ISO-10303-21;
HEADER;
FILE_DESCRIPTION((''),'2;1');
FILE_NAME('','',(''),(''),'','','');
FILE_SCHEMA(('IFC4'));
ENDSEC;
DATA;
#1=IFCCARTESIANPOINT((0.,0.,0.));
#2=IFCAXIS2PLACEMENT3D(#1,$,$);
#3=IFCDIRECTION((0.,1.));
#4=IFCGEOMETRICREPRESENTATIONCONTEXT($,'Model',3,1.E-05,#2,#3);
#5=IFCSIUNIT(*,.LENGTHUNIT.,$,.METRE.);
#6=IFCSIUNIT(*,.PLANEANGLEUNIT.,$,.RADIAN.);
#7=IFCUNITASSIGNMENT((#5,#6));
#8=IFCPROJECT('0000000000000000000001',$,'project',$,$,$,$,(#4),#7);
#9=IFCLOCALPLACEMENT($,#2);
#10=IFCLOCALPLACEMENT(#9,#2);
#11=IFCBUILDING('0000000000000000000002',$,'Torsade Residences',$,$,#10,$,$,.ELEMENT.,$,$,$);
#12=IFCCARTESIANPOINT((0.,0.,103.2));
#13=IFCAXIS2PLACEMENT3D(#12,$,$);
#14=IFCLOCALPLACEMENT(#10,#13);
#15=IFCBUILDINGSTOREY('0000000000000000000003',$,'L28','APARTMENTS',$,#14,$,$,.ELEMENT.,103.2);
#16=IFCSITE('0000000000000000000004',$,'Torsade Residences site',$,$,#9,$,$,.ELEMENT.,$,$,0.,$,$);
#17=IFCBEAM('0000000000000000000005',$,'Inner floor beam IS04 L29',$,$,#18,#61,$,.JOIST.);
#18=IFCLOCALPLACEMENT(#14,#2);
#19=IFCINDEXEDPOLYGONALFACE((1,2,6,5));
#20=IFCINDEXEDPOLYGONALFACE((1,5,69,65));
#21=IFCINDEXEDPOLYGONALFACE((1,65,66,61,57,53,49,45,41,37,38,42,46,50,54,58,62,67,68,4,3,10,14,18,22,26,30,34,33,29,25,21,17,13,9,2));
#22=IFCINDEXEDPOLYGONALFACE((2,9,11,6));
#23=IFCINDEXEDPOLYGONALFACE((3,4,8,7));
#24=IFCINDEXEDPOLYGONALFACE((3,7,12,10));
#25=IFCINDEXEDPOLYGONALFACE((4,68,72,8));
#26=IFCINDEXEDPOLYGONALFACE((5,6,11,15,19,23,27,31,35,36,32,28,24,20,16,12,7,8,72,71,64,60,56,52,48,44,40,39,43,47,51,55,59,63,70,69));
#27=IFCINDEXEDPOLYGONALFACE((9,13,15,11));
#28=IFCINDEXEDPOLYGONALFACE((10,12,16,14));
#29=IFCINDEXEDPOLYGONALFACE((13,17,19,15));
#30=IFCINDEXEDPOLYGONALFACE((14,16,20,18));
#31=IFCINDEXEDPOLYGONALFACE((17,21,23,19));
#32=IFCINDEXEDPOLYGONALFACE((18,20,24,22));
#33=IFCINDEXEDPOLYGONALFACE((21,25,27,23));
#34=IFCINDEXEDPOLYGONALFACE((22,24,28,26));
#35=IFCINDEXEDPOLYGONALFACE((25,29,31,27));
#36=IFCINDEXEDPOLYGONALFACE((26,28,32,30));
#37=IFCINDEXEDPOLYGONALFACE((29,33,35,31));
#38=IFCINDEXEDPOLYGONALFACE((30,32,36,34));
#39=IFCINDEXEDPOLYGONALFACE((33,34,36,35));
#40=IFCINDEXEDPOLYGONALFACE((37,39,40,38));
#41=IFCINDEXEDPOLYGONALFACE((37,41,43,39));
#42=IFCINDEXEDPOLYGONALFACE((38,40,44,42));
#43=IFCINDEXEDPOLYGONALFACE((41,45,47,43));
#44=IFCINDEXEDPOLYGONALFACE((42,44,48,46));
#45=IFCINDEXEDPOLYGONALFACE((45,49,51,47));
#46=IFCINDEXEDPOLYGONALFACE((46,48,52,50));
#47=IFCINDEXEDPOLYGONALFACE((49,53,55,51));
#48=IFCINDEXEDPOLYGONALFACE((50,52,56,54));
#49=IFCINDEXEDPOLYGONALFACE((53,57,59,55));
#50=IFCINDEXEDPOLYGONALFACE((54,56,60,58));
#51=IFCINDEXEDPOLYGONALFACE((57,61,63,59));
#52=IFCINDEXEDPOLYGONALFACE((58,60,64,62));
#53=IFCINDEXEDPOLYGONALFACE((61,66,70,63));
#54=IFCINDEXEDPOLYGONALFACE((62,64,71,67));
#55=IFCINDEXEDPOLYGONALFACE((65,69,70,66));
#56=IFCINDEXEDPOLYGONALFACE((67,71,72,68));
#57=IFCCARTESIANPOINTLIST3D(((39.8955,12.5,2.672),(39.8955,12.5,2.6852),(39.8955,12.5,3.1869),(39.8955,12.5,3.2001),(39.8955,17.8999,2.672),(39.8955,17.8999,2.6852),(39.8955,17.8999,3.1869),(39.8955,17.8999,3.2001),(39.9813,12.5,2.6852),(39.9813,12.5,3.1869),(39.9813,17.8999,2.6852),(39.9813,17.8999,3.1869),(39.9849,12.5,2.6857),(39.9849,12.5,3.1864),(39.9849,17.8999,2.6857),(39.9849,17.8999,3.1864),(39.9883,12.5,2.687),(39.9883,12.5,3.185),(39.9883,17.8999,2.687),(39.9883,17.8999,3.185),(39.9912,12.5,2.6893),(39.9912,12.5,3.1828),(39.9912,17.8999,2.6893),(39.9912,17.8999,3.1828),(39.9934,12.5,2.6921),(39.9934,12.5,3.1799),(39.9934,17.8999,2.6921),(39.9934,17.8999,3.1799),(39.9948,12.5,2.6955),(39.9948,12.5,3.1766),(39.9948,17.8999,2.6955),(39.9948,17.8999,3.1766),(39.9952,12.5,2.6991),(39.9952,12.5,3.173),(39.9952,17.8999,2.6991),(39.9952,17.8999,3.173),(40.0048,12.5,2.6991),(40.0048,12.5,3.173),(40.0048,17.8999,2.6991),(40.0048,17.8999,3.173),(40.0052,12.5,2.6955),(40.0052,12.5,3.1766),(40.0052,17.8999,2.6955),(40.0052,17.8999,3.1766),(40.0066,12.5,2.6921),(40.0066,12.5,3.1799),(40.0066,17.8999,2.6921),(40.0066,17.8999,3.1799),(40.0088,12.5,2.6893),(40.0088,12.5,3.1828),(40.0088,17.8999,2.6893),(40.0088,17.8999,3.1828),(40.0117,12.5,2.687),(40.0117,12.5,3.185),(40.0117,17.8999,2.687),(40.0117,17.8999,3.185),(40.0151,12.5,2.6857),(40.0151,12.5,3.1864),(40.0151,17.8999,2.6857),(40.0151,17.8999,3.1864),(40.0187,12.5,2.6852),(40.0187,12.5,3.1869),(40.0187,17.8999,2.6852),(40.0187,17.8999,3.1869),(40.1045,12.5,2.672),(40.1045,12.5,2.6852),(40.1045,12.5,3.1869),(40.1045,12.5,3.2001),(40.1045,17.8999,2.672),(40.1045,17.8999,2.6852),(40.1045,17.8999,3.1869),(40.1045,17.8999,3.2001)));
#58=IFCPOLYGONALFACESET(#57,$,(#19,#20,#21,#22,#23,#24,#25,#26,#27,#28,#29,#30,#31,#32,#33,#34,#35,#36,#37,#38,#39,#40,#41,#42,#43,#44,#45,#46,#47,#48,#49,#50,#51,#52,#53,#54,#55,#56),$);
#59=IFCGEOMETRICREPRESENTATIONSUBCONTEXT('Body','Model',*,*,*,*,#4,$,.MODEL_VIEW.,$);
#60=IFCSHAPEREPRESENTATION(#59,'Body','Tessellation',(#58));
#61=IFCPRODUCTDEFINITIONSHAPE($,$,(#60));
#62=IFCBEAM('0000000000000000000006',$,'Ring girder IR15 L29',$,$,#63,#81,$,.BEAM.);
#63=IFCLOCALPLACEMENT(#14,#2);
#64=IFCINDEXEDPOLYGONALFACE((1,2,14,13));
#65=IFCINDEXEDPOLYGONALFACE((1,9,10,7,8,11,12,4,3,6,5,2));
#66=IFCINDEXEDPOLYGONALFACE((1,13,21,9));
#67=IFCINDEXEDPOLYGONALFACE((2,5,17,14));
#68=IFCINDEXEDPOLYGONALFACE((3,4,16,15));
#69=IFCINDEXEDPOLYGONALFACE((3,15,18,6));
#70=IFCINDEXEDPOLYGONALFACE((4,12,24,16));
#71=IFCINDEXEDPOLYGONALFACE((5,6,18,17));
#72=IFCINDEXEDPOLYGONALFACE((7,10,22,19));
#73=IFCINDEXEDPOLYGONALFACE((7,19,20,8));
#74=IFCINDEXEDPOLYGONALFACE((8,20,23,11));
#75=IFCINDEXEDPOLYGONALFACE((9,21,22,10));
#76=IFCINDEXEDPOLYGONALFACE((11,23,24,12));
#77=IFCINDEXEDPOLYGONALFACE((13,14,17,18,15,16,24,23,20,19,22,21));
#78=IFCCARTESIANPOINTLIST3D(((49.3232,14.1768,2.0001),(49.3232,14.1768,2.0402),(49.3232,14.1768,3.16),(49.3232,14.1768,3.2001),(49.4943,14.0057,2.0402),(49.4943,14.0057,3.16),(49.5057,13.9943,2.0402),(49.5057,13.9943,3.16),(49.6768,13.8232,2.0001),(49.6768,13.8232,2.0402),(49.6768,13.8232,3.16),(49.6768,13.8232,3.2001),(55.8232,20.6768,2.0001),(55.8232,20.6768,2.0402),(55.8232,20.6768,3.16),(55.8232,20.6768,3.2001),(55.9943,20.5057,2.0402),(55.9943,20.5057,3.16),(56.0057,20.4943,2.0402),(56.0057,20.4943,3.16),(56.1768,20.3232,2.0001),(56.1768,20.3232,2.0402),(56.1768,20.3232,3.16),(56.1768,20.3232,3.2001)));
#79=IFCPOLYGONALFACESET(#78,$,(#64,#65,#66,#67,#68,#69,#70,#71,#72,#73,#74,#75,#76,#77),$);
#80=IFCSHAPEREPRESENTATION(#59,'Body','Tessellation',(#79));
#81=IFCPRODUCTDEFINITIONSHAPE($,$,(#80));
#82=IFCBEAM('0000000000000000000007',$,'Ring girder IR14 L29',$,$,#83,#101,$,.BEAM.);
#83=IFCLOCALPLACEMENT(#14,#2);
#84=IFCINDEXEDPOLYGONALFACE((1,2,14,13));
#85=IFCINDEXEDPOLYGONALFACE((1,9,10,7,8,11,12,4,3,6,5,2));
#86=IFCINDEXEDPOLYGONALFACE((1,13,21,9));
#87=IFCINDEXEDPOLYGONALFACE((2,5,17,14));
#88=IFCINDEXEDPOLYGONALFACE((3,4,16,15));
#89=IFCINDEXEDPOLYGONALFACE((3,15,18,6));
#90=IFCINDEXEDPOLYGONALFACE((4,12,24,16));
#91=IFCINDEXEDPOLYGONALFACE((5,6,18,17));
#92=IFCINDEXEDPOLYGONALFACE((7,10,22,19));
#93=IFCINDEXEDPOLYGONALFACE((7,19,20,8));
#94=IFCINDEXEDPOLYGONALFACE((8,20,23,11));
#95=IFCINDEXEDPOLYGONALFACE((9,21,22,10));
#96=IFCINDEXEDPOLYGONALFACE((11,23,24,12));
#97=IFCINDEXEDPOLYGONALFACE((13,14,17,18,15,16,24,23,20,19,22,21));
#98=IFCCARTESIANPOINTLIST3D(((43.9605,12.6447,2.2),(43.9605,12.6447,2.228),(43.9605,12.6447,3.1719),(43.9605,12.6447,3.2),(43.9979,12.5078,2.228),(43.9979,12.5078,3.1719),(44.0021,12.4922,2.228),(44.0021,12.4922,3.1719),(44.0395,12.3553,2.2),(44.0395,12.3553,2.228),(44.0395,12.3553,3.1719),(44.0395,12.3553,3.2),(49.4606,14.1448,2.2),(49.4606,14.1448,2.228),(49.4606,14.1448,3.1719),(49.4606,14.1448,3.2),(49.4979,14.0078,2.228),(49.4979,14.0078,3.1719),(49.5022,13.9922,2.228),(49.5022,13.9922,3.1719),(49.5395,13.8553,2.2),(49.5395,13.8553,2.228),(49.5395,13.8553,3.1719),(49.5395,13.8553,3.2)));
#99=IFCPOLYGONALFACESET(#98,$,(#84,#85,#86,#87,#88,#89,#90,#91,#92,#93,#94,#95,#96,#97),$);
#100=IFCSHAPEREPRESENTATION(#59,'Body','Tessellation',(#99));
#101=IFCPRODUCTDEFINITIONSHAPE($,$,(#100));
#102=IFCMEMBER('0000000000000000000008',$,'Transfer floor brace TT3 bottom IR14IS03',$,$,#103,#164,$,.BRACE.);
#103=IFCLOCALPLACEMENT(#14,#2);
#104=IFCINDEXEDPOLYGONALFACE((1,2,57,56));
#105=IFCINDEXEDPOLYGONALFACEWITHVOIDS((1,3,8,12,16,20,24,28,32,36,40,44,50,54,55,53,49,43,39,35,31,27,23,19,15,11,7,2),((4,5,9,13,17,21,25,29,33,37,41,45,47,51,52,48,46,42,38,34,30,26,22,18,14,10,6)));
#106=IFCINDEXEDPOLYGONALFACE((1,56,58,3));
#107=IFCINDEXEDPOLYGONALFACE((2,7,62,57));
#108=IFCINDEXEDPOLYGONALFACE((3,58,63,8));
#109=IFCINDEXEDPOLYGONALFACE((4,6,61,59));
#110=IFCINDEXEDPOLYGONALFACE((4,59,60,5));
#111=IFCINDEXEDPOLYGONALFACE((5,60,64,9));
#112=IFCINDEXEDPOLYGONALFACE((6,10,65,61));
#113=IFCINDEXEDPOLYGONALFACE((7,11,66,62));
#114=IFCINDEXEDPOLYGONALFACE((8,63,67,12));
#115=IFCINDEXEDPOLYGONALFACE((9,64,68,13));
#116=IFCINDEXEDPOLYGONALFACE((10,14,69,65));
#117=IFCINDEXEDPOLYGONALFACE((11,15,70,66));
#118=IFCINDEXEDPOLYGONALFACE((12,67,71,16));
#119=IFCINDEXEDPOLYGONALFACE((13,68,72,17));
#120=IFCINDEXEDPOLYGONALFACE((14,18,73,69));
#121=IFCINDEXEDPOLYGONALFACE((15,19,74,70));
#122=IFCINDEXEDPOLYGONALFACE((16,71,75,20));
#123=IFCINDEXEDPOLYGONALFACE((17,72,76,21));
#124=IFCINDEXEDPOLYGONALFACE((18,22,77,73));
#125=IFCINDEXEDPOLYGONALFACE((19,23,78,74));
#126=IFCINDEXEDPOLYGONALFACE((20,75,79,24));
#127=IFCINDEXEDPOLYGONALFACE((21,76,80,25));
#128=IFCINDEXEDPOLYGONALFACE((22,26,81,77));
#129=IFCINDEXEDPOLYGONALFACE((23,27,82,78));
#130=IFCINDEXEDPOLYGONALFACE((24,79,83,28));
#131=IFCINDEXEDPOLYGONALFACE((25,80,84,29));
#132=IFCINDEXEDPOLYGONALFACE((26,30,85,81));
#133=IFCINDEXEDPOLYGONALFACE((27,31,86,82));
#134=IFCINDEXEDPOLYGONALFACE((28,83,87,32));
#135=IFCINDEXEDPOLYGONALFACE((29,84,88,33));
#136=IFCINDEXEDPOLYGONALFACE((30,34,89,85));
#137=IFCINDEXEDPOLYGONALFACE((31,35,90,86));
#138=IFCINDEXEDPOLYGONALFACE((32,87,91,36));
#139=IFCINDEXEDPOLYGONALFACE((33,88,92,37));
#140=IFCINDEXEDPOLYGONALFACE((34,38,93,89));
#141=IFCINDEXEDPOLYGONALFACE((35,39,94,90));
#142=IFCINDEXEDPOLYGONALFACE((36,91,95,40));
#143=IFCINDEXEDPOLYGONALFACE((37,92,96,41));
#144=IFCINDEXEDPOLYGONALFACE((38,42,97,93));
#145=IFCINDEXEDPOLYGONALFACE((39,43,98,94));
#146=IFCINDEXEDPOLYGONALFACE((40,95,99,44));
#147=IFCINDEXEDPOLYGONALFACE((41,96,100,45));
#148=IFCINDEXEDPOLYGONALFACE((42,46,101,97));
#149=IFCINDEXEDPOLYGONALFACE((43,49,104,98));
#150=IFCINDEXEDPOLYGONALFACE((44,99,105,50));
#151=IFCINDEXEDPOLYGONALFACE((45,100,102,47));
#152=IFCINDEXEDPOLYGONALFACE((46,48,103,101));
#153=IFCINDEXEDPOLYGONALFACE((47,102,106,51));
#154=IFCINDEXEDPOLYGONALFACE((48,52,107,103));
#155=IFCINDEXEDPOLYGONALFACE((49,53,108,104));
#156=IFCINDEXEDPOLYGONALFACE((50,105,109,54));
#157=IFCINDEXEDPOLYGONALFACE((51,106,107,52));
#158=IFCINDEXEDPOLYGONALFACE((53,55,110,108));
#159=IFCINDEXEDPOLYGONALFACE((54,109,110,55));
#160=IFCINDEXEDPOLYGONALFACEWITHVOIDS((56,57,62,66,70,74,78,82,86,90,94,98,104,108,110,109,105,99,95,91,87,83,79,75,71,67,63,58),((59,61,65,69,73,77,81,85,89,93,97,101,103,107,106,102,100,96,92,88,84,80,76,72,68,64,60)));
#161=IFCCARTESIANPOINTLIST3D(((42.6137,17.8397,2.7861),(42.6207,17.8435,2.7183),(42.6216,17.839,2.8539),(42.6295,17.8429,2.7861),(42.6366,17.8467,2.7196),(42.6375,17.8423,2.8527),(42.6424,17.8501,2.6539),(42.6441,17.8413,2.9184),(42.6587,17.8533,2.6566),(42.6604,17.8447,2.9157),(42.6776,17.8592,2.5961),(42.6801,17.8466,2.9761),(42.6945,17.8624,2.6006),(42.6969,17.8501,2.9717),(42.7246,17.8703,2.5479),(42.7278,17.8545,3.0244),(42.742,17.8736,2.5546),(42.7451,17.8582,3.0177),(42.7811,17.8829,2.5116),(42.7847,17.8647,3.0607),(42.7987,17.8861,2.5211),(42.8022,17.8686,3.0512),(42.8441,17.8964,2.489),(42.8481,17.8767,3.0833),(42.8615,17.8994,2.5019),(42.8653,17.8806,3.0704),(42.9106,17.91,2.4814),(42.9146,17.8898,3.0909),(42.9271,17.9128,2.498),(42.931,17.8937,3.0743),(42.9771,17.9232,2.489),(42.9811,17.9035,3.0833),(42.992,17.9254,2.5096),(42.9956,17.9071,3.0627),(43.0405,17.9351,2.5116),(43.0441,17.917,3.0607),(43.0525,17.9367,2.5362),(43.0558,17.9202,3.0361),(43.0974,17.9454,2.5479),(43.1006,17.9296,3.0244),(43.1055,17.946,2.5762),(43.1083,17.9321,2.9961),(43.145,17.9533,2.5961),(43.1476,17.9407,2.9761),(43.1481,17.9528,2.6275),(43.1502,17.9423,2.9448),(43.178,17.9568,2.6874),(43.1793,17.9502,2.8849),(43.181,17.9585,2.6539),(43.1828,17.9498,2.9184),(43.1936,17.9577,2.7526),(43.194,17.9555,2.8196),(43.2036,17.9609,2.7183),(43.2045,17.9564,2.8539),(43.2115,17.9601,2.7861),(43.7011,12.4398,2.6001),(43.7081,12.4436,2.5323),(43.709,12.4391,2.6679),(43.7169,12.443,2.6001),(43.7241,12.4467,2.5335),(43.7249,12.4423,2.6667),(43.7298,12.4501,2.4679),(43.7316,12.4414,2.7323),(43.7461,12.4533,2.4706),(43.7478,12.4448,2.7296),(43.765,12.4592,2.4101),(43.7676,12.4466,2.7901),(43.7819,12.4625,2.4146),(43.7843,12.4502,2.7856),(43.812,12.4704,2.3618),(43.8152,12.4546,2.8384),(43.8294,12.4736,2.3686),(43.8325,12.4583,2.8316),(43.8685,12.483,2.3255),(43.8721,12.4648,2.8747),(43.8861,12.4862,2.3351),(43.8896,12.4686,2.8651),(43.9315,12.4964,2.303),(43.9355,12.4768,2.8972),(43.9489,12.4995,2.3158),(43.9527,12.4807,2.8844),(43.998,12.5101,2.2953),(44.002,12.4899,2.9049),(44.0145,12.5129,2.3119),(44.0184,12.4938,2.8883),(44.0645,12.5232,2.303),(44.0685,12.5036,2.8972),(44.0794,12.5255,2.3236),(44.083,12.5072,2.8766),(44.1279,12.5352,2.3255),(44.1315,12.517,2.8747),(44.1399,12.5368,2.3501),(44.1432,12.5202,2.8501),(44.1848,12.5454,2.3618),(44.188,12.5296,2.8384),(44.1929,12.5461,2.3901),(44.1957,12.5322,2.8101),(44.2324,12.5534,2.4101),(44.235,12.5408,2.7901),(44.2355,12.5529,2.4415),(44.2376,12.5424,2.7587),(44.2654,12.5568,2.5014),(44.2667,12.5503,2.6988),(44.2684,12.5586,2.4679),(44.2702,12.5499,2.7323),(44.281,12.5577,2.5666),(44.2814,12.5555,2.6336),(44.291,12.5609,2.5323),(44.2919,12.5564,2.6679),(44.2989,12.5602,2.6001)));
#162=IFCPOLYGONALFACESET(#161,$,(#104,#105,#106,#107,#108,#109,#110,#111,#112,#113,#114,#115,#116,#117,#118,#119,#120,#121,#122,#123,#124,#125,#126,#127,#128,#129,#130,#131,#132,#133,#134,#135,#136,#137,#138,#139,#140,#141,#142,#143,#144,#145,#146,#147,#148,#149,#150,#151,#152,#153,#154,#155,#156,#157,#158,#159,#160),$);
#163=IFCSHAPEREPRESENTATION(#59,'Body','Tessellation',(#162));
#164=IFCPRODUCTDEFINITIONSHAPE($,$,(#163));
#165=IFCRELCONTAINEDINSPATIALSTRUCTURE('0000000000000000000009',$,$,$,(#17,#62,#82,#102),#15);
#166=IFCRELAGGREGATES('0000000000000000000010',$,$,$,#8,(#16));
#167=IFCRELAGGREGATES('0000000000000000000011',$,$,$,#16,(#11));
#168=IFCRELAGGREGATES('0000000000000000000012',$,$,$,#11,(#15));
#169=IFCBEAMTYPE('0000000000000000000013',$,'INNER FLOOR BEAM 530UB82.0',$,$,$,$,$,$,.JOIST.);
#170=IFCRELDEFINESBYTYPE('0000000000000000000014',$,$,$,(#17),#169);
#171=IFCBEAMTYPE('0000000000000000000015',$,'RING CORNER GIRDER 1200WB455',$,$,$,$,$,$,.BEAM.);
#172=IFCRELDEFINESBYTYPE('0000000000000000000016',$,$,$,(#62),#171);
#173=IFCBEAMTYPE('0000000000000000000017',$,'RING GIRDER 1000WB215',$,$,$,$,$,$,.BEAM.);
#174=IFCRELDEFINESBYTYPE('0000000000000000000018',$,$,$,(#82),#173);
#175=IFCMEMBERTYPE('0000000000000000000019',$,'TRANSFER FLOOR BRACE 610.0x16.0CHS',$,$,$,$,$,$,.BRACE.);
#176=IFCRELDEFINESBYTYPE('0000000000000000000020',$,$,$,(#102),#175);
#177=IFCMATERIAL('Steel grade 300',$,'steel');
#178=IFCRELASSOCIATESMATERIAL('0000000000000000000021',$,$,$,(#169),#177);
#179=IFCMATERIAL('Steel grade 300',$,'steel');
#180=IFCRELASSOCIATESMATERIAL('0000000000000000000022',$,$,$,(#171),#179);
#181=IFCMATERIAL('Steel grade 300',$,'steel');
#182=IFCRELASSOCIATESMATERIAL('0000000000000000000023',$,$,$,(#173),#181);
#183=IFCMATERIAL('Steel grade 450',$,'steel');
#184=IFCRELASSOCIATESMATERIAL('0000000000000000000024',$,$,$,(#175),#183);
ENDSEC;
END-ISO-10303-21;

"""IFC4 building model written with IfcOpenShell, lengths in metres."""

from ifc_helpers import new_model, si_unit, direction, frame, origin, origin_2d, place, context, subcontext, project, spatial, hollow_circle, i_section, extrude, material, material_profile, profile_set, type_object, element, save


model = new_model("IFC4")

# Units and contexts
model_context = context("Model", 3, precision=1e-05, world=origin(), true_north=direction((0.0, 1.0)))
body_context = subcontext(model_context, "Body", "Model", "MODEL_VIEW")
ifc_project = project(units=[si_unit("LENGTHUNIT", "METRE"), si_unit("PLANEANGLEUNIT", "RADIAN")], contexts=[model_context])

# Site, building, storey
site_placement = place(None, origin())
site = spatial("IfcSite", under=ifc_project, at=site_placement, Name="Torsade Residences site", CompositionType="ELEMENT", RefElevation=0.0)
building_placement = place(site_placement, origin())
building = spatial("IfcBuilding", under=site, at=building_placement, Name="Torsade Residences", CompositionType="ELEMENT")
storey_placement = place(building_placement, frame((0.0, 0.0, 103.2)))
storey = spatial("IfcBuildingStorey", under=building, at=storey_placement, Name="L28", Description="APARTMENTS", CompositionType="ELEMENT", Elevation=103.2)

# Beams
ifc_material_1 = material(Name="Steel grade 300", Category="steel")
ifc_material_profile_1 = material_profile(ifc_material_1, i_section(OverallWidth=0.209, OverallDepth=0.5281, WebThickness=0.0095, FlangeThickness=0.0132, FilletRadius=0.0139, at=origin_2d()), Name="530UB82.0")
ifc_profile_set_1 = profile_set([ifc_material_profile_1], Name="Steel grade 300")
beam_type_1 = type_object("IfcBeamType", Name="INNER FLOOR BEAM 530UB82.0", PredefinedType="JOIST", material=ifc_profile_set_1)
for number, where, z_axis, x_axis, name in (
    (1, (40.0, 17.8999, 2.936), (0.0, -1.0, 0.0), (1.0, 0.0, 0.0), "Inner floor beam IS04 L29"),
):
    element("IfcBeam", number, at=place(storey_placement, frame(where, z_axis=z_axis, x_axis=x_axis)), inside=storey, type_object=beam_type_1, Name=name, PredefinedType="JOIST", context=body_context, shape_type="SweptSolid", body=[
        extrude(i_section(OverallWidth=0.209, OverallDepth=0.5281, WebThickness=0.0095, FlangeThickness=0.0132, FilletRadius=0.0139, at=origin_2d()), origin(), (0.0, 0.0, 1.0), 5.3999),
    ])
ifc_material_2 = material(Name="Steel grade 300", Category="steel")
ifc_material_profile_2 = material_profile(ifc_material_2, i_section(OverallWidth=0.5, OverallDepth=1.2, WebThickness=0.0161, FlangeThickness=0.04, at=origin_2d()), Name="1200WB455")
ifc_profile_set_2 = profile_set([ifc_material_profile_2], Name="Steel grade 300")
beam_type_2 = type_object("IfcBeamType", Name="RING CORNER GIRDER 1200WB455", PredefinedType="BEAM", material=ifc_profile_set_2)
beam_1_placement = place(storey_placement, frame((49.5, 14.0, 2.6001), z_axis=(0.707107, 0.707107, 0.0), x_axis=(-0.707107, 0.707107, 0.0)))
element("IfcBeam", 2, at=beam_1_placement, inside=storey, type_object=beam_type_2, Name="Ring girder IR15 L29", PredefinedType="BEAM", context=body_context, shape_type="SweptSolid", body=[
    extrude(i_section(OverallWidth=0.5, OverallDepth=1.2, WebThickness=0.0161, FlangeThickness=0.04, at=origin_2d()), origin(), (0.0, 0.0, 1.0), 9.1924),
])
ifc_material_3 = material(Name="Steel grade 300", Category="steel")
ifc_material_profile_3 = material_profile(ifc_material_3, i_section(OverallWidth=0.3, OverallDepth=1.0, WebThickness=0.0161, FlangeThickness=0.0281, at=origin_2d()), Name="1000WB215")
ifc_profile_set_3 = profile_set([ifc_material_profile_3], Name="Steel grade 300")
beam_type_3 = type_object("IfcBeamType", Name="RING GIRDER 1000WB215", PredefinedType="BEAM", material=ifc_profile_set_3)
beam_2_placement = place(storey_placement, frame((44.0, 12.5, 2.7), z_axis=(0.964764, 0.263117, 0.0), x_axis=(-0.263117, 0.964764, 0.0)))
element("IfcBeam", 3, at=beam_2_placement, inside=storey, type_object=beam_type_3, Name="Ring girder IR14 L29", PredefinedType="BEAM", context=body_context, shape_type="SweptSolid", body=[
    extrude(i_section(OverallWidth=0.3, OverallDepth=1.0, WebThickness=0.0161, FlangeThickness=0.0281, at=origin_2d()), origin(), (0.0, 0.0, 1.0), 5.7009),
])

# Member
ifc_material_4 = material(Name="Steel grade 450", Category="steel")
ifc_material_profile_4 = material_profile(ifc_material_4, hollow_circle(Radius=0.3049, WallThickness=0.0161, at=origin_2d()), Name="610.0x16.0CHS")
ifc_profile_set_4 = profile_set([ifc_material_profile_4], Name="Steel grade 450")
member_type = type_object("IfcMemberType", Name="TRANSFER FLOOR BRACE 610.0x16.0CHS", PredefinedType="BRACE", material=ifc_profile_set_4)
member_1_placement = place(storey_placement, frame((44.0, 12.5, 2.6001), z_axis=(-0.197299, 0.979762, 0.033754), x_axis=(-0.980321, -0.197412, 0.0)))
element("IfcMember", 4, at=member_1_placement, inside=storey, type_object=member_type, Name="Transfer floor brace TT3 bottom IR14IS03", PredefinedType="BRACE", context=body_context, shape_type="SweptSolid", body=[
    extrude(hollow_circle(Radius=0.3049, WallThickness=0.0161, at=origin_2d()), origin(), (0.0, 0.0, 1.0), 5.5115),
])

save(model, "model.ifc")
